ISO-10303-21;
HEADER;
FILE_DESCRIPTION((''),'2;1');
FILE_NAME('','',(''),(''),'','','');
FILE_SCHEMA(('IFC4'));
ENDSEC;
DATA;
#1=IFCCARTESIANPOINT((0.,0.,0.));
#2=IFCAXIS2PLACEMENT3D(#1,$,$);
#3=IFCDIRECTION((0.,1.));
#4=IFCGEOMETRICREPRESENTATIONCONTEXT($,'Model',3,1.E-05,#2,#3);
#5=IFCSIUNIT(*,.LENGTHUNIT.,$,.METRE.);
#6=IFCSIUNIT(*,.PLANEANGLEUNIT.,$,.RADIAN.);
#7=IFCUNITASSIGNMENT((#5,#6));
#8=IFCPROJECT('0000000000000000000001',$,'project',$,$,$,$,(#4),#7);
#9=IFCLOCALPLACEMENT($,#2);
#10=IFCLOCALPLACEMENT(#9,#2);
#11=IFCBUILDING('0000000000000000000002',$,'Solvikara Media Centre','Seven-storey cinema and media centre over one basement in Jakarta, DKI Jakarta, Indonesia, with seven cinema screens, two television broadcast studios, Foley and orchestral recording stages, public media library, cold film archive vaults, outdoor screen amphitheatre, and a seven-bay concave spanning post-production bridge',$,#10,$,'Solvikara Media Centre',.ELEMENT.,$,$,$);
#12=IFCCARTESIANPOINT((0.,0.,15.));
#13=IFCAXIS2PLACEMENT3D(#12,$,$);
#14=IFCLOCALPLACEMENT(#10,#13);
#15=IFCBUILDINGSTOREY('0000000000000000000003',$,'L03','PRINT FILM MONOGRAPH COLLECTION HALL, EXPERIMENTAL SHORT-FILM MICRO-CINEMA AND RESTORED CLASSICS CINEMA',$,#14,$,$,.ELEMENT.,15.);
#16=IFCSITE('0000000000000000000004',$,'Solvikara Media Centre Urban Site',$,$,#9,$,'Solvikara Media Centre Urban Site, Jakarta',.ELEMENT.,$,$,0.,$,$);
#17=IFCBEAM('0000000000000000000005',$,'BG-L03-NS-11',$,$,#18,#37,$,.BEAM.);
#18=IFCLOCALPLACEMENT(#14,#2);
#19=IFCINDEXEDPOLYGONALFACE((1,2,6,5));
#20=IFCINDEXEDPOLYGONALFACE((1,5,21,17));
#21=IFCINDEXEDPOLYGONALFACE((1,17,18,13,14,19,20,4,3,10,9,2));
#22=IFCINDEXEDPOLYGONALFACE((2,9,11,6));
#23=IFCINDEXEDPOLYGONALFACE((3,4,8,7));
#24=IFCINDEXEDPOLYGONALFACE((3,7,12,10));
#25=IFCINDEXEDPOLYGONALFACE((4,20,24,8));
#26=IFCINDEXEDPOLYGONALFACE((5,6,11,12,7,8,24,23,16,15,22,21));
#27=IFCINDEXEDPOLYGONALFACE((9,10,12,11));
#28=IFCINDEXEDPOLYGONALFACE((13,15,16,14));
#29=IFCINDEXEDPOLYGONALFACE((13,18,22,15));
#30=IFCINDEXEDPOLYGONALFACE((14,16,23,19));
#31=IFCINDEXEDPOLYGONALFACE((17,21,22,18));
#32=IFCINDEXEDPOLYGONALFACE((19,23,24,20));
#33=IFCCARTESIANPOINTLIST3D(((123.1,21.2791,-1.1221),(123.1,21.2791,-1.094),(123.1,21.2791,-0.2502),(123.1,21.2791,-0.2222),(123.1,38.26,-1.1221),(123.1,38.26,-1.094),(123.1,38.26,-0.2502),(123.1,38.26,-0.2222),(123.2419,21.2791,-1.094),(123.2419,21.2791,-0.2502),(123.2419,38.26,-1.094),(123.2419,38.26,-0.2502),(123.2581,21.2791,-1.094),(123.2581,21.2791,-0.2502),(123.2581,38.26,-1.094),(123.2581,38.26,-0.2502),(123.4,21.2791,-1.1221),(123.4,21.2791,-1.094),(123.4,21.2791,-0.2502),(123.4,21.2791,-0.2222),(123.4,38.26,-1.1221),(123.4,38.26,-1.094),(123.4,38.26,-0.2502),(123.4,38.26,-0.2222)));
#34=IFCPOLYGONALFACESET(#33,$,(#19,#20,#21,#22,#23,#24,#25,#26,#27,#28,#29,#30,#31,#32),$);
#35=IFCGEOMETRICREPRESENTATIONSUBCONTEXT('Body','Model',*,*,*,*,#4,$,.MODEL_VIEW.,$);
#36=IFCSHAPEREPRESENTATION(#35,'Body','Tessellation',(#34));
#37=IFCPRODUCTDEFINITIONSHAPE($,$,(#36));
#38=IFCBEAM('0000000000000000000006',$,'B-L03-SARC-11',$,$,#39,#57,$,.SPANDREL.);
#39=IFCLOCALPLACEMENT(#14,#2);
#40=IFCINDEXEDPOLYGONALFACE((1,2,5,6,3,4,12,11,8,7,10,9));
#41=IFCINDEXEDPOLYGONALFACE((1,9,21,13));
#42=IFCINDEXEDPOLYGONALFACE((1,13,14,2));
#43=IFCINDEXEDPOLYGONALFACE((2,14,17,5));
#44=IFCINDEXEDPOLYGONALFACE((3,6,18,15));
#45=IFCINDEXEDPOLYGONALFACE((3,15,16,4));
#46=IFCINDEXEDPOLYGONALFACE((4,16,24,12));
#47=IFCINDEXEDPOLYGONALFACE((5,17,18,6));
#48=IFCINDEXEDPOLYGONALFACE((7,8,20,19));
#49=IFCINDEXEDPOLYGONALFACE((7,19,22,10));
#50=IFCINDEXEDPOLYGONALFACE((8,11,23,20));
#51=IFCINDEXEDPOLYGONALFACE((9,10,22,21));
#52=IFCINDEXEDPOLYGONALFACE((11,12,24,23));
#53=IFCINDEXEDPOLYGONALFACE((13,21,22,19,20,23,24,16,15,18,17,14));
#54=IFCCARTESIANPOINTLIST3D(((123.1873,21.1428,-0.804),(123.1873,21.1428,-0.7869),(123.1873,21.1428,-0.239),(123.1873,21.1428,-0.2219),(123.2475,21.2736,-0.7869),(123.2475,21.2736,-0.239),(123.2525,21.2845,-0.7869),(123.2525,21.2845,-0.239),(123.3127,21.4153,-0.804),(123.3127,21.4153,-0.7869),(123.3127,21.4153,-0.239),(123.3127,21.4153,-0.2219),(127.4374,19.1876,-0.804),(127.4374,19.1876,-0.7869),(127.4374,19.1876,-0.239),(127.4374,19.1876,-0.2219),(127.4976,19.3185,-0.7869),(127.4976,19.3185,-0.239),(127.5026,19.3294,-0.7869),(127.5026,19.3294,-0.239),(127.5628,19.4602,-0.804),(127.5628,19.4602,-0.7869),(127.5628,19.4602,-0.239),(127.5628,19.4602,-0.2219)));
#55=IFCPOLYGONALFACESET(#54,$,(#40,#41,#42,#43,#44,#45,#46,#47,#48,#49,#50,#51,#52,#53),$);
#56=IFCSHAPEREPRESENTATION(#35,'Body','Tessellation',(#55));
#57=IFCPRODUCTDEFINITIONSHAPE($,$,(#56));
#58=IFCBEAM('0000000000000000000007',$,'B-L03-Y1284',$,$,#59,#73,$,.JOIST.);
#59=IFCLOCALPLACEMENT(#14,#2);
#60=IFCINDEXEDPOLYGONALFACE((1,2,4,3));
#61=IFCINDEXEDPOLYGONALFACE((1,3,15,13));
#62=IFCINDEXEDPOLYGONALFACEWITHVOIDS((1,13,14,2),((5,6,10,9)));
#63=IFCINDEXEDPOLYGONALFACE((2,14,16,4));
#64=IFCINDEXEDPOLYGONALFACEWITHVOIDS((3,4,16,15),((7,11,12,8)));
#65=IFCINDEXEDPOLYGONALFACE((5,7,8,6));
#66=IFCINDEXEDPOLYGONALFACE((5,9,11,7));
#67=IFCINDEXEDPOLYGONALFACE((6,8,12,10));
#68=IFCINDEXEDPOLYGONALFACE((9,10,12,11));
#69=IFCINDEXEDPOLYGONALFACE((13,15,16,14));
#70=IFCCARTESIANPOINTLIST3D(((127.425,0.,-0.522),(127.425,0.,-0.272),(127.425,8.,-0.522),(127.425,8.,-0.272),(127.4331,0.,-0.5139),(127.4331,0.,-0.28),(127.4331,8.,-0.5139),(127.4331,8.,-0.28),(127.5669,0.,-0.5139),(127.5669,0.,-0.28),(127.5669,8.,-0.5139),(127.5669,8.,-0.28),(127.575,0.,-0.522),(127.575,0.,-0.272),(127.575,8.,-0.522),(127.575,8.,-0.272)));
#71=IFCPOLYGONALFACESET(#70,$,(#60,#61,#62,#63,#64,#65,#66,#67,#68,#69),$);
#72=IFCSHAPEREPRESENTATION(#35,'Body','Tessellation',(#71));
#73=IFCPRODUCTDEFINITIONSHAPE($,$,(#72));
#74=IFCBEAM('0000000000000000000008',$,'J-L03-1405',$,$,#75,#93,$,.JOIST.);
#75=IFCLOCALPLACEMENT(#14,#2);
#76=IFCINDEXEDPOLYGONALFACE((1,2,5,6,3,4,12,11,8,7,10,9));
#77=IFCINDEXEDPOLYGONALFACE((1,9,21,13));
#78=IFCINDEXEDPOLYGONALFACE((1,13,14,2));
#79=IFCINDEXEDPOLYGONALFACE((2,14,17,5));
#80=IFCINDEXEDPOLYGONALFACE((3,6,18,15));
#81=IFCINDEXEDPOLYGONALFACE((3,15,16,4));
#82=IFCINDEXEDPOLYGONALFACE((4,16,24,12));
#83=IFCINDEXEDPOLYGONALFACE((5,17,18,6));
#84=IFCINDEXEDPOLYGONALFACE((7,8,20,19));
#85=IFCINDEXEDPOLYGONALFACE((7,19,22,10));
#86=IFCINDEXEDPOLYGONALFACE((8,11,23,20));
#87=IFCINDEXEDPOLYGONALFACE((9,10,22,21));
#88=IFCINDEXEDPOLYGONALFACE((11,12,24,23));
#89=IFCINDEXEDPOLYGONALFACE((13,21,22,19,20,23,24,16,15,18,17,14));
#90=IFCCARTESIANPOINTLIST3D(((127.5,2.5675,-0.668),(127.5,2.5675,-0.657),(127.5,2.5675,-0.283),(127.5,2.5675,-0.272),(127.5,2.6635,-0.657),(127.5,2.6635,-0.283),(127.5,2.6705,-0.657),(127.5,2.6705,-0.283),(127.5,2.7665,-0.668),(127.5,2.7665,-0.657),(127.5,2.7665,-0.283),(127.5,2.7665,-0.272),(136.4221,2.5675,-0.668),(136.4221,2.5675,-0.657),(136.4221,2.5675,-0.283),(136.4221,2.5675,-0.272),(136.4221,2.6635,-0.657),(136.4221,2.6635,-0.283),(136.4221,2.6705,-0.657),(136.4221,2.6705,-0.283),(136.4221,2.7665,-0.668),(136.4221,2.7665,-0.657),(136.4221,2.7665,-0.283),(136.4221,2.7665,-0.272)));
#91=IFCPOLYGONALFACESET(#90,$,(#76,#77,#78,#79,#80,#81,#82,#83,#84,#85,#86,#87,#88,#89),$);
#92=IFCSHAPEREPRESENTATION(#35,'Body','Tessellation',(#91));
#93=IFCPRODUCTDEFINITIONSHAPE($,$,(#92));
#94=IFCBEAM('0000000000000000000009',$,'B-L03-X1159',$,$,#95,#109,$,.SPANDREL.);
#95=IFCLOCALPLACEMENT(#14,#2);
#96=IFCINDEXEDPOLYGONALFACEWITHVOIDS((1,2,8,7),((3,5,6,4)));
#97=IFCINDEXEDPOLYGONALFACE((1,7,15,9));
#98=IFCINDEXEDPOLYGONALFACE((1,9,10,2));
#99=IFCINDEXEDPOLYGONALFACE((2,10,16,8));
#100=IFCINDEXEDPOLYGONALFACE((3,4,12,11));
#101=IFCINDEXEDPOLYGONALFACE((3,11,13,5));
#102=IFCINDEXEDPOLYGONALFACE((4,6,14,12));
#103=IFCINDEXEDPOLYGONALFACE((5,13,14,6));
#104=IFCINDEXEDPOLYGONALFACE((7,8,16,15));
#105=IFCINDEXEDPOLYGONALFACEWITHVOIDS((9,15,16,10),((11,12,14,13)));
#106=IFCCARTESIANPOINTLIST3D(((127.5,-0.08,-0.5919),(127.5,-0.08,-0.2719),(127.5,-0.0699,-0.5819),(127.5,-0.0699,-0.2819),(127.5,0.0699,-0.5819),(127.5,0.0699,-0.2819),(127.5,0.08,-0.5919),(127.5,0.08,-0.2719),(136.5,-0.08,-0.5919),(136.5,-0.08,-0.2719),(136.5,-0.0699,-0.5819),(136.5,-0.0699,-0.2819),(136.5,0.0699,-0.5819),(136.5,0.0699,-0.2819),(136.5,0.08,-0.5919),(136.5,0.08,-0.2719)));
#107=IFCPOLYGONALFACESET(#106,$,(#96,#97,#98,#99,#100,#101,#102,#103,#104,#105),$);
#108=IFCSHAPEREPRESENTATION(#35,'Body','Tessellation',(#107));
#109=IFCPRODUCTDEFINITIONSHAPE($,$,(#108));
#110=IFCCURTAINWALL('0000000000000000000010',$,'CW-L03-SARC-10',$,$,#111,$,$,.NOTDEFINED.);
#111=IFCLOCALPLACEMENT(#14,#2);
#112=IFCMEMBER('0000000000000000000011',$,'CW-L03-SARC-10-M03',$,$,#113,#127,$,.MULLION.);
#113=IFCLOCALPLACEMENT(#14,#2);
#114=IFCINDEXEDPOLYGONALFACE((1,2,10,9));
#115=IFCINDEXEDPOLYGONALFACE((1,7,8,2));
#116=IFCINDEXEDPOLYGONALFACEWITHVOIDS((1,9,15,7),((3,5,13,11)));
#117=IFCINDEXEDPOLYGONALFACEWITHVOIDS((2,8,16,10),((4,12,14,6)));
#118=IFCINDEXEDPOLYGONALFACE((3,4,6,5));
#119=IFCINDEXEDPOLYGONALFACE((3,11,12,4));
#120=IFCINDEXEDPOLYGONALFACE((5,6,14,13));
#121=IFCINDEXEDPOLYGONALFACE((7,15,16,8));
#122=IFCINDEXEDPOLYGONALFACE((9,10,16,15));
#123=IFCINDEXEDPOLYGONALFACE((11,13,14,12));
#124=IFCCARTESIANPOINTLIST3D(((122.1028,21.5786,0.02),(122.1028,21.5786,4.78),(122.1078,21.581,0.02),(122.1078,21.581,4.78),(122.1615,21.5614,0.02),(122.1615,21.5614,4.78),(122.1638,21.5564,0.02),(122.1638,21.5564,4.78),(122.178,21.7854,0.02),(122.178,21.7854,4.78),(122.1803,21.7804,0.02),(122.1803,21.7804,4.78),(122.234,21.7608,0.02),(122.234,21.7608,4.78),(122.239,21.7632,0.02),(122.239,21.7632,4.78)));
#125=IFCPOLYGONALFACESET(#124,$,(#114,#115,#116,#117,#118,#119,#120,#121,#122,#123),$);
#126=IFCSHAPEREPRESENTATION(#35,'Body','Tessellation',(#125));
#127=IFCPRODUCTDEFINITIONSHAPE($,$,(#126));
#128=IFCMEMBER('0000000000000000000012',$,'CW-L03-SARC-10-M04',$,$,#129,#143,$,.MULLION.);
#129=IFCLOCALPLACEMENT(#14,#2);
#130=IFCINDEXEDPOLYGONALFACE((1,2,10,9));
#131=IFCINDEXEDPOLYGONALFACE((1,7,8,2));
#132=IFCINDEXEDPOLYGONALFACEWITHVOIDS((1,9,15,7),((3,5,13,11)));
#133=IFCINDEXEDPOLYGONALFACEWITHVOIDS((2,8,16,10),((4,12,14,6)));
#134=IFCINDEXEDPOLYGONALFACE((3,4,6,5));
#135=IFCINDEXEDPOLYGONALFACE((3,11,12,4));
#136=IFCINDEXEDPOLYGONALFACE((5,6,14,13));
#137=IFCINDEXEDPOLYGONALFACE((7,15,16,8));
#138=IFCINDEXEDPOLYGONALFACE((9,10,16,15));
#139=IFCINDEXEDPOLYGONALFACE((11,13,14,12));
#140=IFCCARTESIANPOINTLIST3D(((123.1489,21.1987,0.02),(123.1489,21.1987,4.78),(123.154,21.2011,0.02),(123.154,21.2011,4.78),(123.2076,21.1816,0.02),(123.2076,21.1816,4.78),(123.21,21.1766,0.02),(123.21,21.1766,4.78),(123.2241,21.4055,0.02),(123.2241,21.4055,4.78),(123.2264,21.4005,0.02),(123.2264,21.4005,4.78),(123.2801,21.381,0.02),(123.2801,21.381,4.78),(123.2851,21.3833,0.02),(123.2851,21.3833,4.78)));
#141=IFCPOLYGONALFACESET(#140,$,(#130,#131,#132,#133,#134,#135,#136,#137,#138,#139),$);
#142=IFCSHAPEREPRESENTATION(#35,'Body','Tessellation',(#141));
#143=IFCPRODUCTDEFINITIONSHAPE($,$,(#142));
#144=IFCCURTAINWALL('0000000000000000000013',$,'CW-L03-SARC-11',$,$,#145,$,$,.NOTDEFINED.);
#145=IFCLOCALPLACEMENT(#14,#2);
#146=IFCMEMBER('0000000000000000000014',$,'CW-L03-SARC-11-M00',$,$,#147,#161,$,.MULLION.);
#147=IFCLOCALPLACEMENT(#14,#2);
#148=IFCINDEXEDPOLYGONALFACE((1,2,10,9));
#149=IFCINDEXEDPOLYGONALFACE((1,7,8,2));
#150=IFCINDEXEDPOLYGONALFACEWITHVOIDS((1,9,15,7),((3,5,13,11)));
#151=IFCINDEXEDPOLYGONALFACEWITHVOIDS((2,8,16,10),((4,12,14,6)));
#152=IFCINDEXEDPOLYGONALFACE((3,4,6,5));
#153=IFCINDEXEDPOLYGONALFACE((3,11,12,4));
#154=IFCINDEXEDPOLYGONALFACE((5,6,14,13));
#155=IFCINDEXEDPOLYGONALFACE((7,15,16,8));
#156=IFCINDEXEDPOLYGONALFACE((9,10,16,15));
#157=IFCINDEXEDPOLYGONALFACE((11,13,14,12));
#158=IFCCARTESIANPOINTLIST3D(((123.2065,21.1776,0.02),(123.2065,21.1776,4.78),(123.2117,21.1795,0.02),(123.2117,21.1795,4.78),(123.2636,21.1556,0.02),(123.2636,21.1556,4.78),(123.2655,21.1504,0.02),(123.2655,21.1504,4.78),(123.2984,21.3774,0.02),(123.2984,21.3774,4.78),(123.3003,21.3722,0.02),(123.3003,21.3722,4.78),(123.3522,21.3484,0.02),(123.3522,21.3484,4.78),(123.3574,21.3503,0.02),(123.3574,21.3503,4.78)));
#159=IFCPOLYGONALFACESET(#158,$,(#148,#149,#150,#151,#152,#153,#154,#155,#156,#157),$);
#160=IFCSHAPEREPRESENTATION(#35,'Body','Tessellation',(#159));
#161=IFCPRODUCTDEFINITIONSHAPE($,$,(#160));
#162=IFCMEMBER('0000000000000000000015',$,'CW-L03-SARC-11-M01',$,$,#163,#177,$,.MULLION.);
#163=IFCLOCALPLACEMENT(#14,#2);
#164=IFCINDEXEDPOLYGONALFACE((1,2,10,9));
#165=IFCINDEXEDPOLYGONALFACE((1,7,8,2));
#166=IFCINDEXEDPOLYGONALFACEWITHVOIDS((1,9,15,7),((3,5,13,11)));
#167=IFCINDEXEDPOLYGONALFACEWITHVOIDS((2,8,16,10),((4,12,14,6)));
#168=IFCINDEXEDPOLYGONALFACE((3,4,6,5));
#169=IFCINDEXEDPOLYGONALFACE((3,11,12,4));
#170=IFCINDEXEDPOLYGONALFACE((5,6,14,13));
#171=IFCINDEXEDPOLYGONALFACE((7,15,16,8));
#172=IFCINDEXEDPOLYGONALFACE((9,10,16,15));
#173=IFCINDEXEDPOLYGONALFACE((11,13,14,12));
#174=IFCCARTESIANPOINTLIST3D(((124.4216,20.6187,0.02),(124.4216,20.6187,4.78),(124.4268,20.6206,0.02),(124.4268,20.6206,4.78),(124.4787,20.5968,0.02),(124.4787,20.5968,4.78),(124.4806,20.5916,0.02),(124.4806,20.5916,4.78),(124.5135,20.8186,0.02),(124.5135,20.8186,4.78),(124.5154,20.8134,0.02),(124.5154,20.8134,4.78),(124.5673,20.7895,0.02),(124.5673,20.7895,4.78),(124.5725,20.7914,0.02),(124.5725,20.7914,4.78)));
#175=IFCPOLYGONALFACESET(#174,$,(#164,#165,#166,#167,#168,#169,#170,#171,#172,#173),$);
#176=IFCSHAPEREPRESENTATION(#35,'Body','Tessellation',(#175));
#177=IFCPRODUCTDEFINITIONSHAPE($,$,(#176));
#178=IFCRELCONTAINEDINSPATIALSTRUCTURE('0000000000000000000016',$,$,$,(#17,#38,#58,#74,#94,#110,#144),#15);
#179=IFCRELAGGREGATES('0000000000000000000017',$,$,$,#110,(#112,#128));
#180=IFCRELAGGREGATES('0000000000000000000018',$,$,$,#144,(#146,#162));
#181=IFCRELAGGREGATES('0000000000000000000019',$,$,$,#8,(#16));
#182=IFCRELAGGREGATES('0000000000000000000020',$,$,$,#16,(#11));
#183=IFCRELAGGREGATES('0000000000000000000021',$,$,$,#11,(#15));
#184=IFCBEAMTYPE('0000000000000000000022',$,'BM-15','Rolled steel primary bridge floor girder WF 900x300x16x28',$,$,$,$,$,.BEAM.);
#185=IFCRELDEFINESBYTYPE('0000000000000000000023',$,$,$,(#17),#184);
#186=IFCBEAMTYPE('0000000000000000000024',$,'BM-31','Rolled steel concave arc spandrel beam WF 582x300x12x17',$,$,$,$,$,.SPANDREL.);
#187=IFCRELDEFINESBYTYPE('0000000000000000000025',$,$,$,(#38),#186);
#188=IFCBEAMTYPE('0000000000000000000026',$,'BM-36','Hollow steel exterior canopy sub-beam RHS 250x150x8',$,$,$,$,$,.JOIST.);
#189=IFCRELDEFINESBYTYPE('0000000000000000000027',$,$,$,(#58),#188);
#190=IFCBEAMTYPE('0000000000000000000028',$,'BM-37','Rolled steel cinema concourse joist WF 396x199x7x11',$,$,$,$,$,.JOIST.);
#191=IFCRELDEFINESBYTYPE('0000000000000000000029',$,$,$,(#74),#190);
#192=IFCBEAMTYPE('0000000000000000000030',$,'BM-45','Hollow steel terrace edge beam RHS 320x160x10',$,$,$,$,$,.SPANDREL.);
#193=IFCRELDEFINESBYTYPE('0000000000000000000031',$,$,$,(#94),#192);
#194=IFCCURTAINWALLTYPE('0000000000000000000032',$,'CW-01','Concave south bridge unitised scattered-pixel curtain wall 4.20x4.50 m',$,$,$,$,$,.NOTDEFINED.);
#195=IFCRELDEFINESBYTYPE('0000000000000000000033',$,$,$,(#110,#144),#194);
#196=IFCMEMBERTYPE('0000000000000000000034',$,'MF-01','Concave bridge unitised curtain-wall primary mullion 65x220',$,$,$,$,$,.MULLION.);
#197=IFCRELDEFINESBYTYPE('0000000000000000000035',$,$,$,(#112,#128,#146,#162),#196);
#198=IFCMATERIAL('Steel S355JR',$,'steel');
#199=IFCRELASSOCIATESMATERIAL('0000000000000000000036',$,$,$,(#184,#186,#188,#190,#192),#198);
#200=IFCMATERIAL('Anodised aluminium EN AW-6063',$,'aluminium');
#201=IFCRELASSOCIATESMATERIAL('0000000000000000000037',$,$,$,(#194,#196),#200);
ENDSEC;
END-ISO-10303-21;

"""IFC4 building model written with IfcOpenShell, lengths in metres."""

from ifc_helpers import new_model, si_unit, direction, frame, origin, origin_2d, place, context, subcontext, project, spatial, hollow_rectangle, i_section, extrude, material, material_profile, profile_set, type_object, element, aggregate, save


model = new_model("IFC4")

# Units and contexts
model_context = context("Model", 3, precision=1e-05, world=origin(), true_north=direction((0.0, 1.0)))
body_context = subcontext(model_context, "Body", "Model", "MODEL_VIEW")
ifc_project = project(units=[si_unit("LENGTHUNIT", "METRE"), si_unit("PLANEANGLEUNIT", "RADIAN")], contexts=[model_context])

# Site, building, storey
site_placement = place(None, origin())
site = spatial("IfcSite", under=ifc_project, at=site_placement, Name="Solvikara Media Centre Urban Site", LongName="Solvikara Media Centre Urban Site, Jakarta", CompositionType="ELEMENT", RefElevation=0.0)
building_placement = place(site_placement, origin())
building = spatial("IfcBuilding", under=site, at=building_placement, Name="Solvikara Media Centre", Description="Seven-storey cinema and media centre over one basement in Jakarta, DKI Jakarta, Indonesia, with seven cinema screens, two television broadcast studios, Foley and orchestral recording stages, public media library, cold film archive vaults, outdoor screen amphitheatre, and a seven-bay concave spanning post-production bridge", LongName="Solvikara Media Centre", CompositionType="ELEMENT")
storey_placement = place(building_placement, frame((0.0, 0.0, 15.0)))
storey = spatial("IfcBuildingStorey", under=building, at=storey_placement, Name="L03", Description="PRINT FILM MONOGRAPH COLLECTION HALL, EXPERIMENTAL SHORT-FILM MICRO-CINEMA AND RESTORED CLASSICS CINEMA", CompositionType="ELEMENT", Elevation=15.0)

# Beams
ifc_material_1 = material(Name="Steel S355JR", Category="steel")
ifc_material_profile_1 = material_profile(ifc_material_1, i_section(OverallWidth=0.3, OverallDepth=0.8999, WebThickness=0.0161, FlangeThickness=0.0281, at=origin_2d()), Name="WF 900x300x16x28")
ifc_profile_set_1 = profile_set([ifc_material_profile_1], Name="Steel S355JR")
beam_type_1 = type_object("IfcBeamType", Name="BM-15", Description="Rolled steel primary bridge floor girder WF 900x300x16x28", PredefinedType="BEAM", material=ifc_profile_set_1)
beam_1_placement = place(storey_placement, frame((123.25, 21.2791, -0.6721), z_axis=(0.0, 1.0, 0.0), x_axis=(-1.0, 0.0, 0.0)))
element("IfcBeam", 1, at=beam_1_placement, inside=storey, type_object=beam_type_1, Name="BG-L03-NS-11", PredefinedType="BEAM", context=body_context, shape_type="SweptSolid", body=[
    extrude(i_section(OverallWidth=0.3, OverallDepth=0.8999, WebThickness=0.0161, FlangeThickness=0.0281, at=origin_2d()), origin(), (0.0, 0.0, 1.0), 16.981),
])
ifc_material_profile_2 = material_profile(ifc_material_1, i_section(OverallWidth=0.3, OverallDepth=0.582, WebThickness=0.012, FlangeThickness=0.0171, at=origin_2d()), Name="WF 582x300x12x17")
ifc_profile_set_2 = profile_set([ifc_material_profile_2], Name="Steel S355JR")
beam_type_2 = type_object("IfcBeamType", Name="BM-31", Description="Rolled steel concave arc spandrel beam WF 582x300x12x17", PredefinedType="SPANDREL", material=ifc_profile_set_2)
beam_2_placement = place(storey_placement, frame((123.25, 21.2791, -0.5129), z_axis=(0.908484, -0.417919, 0.0), x_axis=(0.417919, 0.908484, 0.0)))
element("IfcBeam", 2, at=beam_2_placement, inside=storey, type_object=beam_type_2, Name="B-L03-SARC-11", PredefinedType="SPANDREL", context=body_context, shape_type="SweptSolid", body=[
    extrude(i_section(OverallWidth=0.3, OverallDepth=0.582, WebThickness=0.012, FlangeThickness=0.0171, at=origin_2d()), origin(), (0.0, 0.0, 1.0), 4.6782),
])
ifc_material_profile_3 = material_profile(ifc_material_1, hollow_rectangle(XDim=0.1499, YDim=0.25, WallThickness=0.0081, at=origin_2d()), Name="RHS 250x150x8")
ifc_profile_set_3 = profile_set([ifc_material_profile_3], Name="Steel S355JR")
beam_type_3 = type_object("IfcBeamType", Name="BM-36", Description="Hollow steel exterior canopy sub-beam RHS 250x150x8", PredefinedType="JOIST", material=ifc_profile_set_3)
beam_3_placement = place(storey_placement, frame((127.5, 0.0, -0.397), z_axis=(0.0, 1.0, 0.0), x_axis=(-1.0, 0.0, 0.0)))
element("IfcBeam", 3, at=beam_3_placement, inside=storey, type_object=beam_type_3, Name="B-L03-Y1284", PredefinedType="JOIST", context=body_context, shape_type="SweptSolid", body=[
    extrude(hollow_rectangle(XDim=0.1499, YDim=0.25, WallThickness=0.0081, at=origin_2d()), origin(), (0.0, 0.0, 1.0), 8.0),
])
ifc_material_profile_4 = material_profile(ifc_material_1, i_section(OverallWidth=0.199, OverallDepth=0.396, WebThickness=0.0071, FlangeThickness=0.011, at=origin_2d()), Name="WF 396x199x7x11")
ifc_profile_set_4 = profile_set([ifc_material_profile_4], Name="Steel S355JR")
beam_type_4 = type_object("IfcBeamType", Name="BM-37", Description="Rolled steel cinema concourse joist WF 396x199x7x11", PredefinedType="JOIST", material=ifc_profile_set_4)
beam_4_placement = place(storey_placement, frame((127.5, 2.667, -0.47), z_axis=(1.0, 0.0, 0.0), x_axis=(0.0, 1.0, 0.0)))
element("IfcBeam", 4, at=beam_4_placement, inside=storey, type_object=beam_type_4, Name="J-L03-1405", PredefinedType="JOIST", context=body_context, shape_type="SweptSolid", body=[
    extrude(i_section(OverallWidth=0.199, OverallDepth=0.396, WebThickness=0.0071, FlangeThickness=0.011, at=origin_2d()), origin(), (0.0, 0.0, 1.0), 8.9221),
])
ifc_material_profile_5 = material_profile(ifc_material_1, hollow_rectangle(XDim=0.1599, YDim=0.3201, WallThickness=0.01, at=origin_2d()), Name="RHS 320x160x10")
ifc_profile_set_5 = profile_set([ifc_material_profile_5], Name="Steel S355JR")
beam_type_5 = type_object("IfcBeamType", Name="BM-45", Description="Hollow steel terrace edge beam RHS 320x160x10", PredefinedType="SPANDREL", material=ifc_profile_set_5)
beam_5_placement = place(storey_placement, frame((127.5, 0.0, -0.4319), z_axis=(1.0, 0.0, 0.0), x_axis=(0.0, 1.0, 0.0)))
element("IfcBeam", 5, at=beam_5_placement, inside=storey, type_object=beam_type_5, Name="B-L03-X1159", PredefinedType="SPANDREL", context=body_context, shape_type="SweptSolid", body=[
    extrude(hollow_rectangle(XDim=0.1599, YDim=0.3201, WallThickness=0.01, at=origin_2d()), origin(), (0.0, 0.0, 1.0), 9.0),
])

# Curtain walls, members
ifc_material_2 = material(Name="Anodised aluminium EN AW-6063", Category="aluminium")
curtain_wall_type = type_object("IfcCurtainWallType", Name="CW-01", Description="Concave south bridge unitised scattered-pixel curtain wall 4.20x4.50 m", PredefinedType="NOTDEFINED", material=ifc_material_2)
curtain_wall_1_placement = place(storey_placement, origin())
curtain_wall_1 = element("IfcCurtainWall", 6, at=curtain_wall_1_placement, inside=storey, type_object=curtain_wall_type, Name="CW-L03-SARC-10", PredefinedType="NOTDEFINED")
ifc_material_profile_6 = material_profile(ifc_material_2, hollow_rectangle(XDim=0.0649, YDim=0.22, WallThickness=0.0039, at=origin_2d()), Name="ALU-M 65x220x4")
ifc_profile_set_6 = profile_set([ifc_material_profile_6], Name="Anodised aluminium EN AW-6063")
member_type_1 = type_object("IfcMemberType", Name="MF-01", Description="Concave bridge unitised curtain-wall primary mullion 65x220", PredefinedType="MULLION", material=ifc_profile_set_6)
member_1_placement = place(storey_placement, frame((122.1709, 21.6709, 0.02), z_axis=(0.0, 0.0, 1.0), x_axis=(0.939824, -0.341659, 0.0)))
member_1 = element("IfcMember", 7, at=member_1_placement, type_object=member_type_1, Name="CW-L03-SARC-10-M03", PredefinedType="MULLION", context=body_context, shape_type="SweptSolid", body=[
    extrude(hollow_rectangle(XDim=0.0649, YDim=0.22, WallThickness=0.0039, at=origin_2d()), origin(), (0.0, 0.0, 1.0), 4.76),
])
member_2_placement = place(storey_placement, frame((123.217, 21.291, 0.02), z_axis=(0.0, 0.0, 1.0), x_axis=(0.939824, -0.341659, 0.0)))
member_2 = element("IfcMember", 8, at=member_2_placement, type_object=member_type_1, Name="CW-L03-SARC-10-M04", PredefinedType="MULLION", context=body_context, shape_type="SweptSolid", body=[
    extrude(hollow_rectangle(XDim=0.0649, YDim=0.22, WallThickness=0.0039, at=origin_2d()), origin(), (0.0, 0.0, 1.0), 4.76),
])
curtain_wall_2_placement = place(storey_placement, origin())
curtain_wall_2 = element("IfcCurtainWall", 9, at=curtain_wall_2_placement, inside=storey, type_object=curtain_wall_type, Name="CW-L03-SARC-11", PredefinedType="NOTDEFINED")
member_3_placement = place(storey_placement, frame((123.282, 21.2639, 0.02), z_axis=(0.0, 0.0, 1.0), x_axis=(0.908567, -0.41774, 0.0)))
member_3 = element("IfcMember", 10, at=member_3_placement, type_object=member_type_1, Name="CW-L03-SARC-11-M00", PredefinedType="MULLION", context=body_context, shape_type="SweptSolid", body=[
    extrude(hollow_rectangle(XDim=0.0649, YDim=0.22, WallThickness=0.0039, at=origin_2d()), origin(), (0.0, 0.0, 1.0), 4.76),
])
member_4_placement = place(storey_placement, frame((124.4971, 20.7051, 0.02), z_axis=(0.0, 0.0, 1.0), x_axis=(0.908567, -0.41774, 0.0)))
member_4 = element("IfcMember", 11, at=member_4_placement, type_object=member_type_1, Name="CW-L03-SARC-11-M01", PredefinedType="MULLION", context=body_context, shape_type="SweptSolid", body=[
    extrude(hollow_rectangle(XDim=0.0649, YDim=0.22, WallThickness=0.0039, at=origin_2d()), origin(), (0.0, 0.0, 1.0), 4.76),
])

aggregate(curtain_wall_1, [member_1, member_2])
aggregate(curtain_wall_2, [member_3, member_4])

save(model, "model.ifc")
